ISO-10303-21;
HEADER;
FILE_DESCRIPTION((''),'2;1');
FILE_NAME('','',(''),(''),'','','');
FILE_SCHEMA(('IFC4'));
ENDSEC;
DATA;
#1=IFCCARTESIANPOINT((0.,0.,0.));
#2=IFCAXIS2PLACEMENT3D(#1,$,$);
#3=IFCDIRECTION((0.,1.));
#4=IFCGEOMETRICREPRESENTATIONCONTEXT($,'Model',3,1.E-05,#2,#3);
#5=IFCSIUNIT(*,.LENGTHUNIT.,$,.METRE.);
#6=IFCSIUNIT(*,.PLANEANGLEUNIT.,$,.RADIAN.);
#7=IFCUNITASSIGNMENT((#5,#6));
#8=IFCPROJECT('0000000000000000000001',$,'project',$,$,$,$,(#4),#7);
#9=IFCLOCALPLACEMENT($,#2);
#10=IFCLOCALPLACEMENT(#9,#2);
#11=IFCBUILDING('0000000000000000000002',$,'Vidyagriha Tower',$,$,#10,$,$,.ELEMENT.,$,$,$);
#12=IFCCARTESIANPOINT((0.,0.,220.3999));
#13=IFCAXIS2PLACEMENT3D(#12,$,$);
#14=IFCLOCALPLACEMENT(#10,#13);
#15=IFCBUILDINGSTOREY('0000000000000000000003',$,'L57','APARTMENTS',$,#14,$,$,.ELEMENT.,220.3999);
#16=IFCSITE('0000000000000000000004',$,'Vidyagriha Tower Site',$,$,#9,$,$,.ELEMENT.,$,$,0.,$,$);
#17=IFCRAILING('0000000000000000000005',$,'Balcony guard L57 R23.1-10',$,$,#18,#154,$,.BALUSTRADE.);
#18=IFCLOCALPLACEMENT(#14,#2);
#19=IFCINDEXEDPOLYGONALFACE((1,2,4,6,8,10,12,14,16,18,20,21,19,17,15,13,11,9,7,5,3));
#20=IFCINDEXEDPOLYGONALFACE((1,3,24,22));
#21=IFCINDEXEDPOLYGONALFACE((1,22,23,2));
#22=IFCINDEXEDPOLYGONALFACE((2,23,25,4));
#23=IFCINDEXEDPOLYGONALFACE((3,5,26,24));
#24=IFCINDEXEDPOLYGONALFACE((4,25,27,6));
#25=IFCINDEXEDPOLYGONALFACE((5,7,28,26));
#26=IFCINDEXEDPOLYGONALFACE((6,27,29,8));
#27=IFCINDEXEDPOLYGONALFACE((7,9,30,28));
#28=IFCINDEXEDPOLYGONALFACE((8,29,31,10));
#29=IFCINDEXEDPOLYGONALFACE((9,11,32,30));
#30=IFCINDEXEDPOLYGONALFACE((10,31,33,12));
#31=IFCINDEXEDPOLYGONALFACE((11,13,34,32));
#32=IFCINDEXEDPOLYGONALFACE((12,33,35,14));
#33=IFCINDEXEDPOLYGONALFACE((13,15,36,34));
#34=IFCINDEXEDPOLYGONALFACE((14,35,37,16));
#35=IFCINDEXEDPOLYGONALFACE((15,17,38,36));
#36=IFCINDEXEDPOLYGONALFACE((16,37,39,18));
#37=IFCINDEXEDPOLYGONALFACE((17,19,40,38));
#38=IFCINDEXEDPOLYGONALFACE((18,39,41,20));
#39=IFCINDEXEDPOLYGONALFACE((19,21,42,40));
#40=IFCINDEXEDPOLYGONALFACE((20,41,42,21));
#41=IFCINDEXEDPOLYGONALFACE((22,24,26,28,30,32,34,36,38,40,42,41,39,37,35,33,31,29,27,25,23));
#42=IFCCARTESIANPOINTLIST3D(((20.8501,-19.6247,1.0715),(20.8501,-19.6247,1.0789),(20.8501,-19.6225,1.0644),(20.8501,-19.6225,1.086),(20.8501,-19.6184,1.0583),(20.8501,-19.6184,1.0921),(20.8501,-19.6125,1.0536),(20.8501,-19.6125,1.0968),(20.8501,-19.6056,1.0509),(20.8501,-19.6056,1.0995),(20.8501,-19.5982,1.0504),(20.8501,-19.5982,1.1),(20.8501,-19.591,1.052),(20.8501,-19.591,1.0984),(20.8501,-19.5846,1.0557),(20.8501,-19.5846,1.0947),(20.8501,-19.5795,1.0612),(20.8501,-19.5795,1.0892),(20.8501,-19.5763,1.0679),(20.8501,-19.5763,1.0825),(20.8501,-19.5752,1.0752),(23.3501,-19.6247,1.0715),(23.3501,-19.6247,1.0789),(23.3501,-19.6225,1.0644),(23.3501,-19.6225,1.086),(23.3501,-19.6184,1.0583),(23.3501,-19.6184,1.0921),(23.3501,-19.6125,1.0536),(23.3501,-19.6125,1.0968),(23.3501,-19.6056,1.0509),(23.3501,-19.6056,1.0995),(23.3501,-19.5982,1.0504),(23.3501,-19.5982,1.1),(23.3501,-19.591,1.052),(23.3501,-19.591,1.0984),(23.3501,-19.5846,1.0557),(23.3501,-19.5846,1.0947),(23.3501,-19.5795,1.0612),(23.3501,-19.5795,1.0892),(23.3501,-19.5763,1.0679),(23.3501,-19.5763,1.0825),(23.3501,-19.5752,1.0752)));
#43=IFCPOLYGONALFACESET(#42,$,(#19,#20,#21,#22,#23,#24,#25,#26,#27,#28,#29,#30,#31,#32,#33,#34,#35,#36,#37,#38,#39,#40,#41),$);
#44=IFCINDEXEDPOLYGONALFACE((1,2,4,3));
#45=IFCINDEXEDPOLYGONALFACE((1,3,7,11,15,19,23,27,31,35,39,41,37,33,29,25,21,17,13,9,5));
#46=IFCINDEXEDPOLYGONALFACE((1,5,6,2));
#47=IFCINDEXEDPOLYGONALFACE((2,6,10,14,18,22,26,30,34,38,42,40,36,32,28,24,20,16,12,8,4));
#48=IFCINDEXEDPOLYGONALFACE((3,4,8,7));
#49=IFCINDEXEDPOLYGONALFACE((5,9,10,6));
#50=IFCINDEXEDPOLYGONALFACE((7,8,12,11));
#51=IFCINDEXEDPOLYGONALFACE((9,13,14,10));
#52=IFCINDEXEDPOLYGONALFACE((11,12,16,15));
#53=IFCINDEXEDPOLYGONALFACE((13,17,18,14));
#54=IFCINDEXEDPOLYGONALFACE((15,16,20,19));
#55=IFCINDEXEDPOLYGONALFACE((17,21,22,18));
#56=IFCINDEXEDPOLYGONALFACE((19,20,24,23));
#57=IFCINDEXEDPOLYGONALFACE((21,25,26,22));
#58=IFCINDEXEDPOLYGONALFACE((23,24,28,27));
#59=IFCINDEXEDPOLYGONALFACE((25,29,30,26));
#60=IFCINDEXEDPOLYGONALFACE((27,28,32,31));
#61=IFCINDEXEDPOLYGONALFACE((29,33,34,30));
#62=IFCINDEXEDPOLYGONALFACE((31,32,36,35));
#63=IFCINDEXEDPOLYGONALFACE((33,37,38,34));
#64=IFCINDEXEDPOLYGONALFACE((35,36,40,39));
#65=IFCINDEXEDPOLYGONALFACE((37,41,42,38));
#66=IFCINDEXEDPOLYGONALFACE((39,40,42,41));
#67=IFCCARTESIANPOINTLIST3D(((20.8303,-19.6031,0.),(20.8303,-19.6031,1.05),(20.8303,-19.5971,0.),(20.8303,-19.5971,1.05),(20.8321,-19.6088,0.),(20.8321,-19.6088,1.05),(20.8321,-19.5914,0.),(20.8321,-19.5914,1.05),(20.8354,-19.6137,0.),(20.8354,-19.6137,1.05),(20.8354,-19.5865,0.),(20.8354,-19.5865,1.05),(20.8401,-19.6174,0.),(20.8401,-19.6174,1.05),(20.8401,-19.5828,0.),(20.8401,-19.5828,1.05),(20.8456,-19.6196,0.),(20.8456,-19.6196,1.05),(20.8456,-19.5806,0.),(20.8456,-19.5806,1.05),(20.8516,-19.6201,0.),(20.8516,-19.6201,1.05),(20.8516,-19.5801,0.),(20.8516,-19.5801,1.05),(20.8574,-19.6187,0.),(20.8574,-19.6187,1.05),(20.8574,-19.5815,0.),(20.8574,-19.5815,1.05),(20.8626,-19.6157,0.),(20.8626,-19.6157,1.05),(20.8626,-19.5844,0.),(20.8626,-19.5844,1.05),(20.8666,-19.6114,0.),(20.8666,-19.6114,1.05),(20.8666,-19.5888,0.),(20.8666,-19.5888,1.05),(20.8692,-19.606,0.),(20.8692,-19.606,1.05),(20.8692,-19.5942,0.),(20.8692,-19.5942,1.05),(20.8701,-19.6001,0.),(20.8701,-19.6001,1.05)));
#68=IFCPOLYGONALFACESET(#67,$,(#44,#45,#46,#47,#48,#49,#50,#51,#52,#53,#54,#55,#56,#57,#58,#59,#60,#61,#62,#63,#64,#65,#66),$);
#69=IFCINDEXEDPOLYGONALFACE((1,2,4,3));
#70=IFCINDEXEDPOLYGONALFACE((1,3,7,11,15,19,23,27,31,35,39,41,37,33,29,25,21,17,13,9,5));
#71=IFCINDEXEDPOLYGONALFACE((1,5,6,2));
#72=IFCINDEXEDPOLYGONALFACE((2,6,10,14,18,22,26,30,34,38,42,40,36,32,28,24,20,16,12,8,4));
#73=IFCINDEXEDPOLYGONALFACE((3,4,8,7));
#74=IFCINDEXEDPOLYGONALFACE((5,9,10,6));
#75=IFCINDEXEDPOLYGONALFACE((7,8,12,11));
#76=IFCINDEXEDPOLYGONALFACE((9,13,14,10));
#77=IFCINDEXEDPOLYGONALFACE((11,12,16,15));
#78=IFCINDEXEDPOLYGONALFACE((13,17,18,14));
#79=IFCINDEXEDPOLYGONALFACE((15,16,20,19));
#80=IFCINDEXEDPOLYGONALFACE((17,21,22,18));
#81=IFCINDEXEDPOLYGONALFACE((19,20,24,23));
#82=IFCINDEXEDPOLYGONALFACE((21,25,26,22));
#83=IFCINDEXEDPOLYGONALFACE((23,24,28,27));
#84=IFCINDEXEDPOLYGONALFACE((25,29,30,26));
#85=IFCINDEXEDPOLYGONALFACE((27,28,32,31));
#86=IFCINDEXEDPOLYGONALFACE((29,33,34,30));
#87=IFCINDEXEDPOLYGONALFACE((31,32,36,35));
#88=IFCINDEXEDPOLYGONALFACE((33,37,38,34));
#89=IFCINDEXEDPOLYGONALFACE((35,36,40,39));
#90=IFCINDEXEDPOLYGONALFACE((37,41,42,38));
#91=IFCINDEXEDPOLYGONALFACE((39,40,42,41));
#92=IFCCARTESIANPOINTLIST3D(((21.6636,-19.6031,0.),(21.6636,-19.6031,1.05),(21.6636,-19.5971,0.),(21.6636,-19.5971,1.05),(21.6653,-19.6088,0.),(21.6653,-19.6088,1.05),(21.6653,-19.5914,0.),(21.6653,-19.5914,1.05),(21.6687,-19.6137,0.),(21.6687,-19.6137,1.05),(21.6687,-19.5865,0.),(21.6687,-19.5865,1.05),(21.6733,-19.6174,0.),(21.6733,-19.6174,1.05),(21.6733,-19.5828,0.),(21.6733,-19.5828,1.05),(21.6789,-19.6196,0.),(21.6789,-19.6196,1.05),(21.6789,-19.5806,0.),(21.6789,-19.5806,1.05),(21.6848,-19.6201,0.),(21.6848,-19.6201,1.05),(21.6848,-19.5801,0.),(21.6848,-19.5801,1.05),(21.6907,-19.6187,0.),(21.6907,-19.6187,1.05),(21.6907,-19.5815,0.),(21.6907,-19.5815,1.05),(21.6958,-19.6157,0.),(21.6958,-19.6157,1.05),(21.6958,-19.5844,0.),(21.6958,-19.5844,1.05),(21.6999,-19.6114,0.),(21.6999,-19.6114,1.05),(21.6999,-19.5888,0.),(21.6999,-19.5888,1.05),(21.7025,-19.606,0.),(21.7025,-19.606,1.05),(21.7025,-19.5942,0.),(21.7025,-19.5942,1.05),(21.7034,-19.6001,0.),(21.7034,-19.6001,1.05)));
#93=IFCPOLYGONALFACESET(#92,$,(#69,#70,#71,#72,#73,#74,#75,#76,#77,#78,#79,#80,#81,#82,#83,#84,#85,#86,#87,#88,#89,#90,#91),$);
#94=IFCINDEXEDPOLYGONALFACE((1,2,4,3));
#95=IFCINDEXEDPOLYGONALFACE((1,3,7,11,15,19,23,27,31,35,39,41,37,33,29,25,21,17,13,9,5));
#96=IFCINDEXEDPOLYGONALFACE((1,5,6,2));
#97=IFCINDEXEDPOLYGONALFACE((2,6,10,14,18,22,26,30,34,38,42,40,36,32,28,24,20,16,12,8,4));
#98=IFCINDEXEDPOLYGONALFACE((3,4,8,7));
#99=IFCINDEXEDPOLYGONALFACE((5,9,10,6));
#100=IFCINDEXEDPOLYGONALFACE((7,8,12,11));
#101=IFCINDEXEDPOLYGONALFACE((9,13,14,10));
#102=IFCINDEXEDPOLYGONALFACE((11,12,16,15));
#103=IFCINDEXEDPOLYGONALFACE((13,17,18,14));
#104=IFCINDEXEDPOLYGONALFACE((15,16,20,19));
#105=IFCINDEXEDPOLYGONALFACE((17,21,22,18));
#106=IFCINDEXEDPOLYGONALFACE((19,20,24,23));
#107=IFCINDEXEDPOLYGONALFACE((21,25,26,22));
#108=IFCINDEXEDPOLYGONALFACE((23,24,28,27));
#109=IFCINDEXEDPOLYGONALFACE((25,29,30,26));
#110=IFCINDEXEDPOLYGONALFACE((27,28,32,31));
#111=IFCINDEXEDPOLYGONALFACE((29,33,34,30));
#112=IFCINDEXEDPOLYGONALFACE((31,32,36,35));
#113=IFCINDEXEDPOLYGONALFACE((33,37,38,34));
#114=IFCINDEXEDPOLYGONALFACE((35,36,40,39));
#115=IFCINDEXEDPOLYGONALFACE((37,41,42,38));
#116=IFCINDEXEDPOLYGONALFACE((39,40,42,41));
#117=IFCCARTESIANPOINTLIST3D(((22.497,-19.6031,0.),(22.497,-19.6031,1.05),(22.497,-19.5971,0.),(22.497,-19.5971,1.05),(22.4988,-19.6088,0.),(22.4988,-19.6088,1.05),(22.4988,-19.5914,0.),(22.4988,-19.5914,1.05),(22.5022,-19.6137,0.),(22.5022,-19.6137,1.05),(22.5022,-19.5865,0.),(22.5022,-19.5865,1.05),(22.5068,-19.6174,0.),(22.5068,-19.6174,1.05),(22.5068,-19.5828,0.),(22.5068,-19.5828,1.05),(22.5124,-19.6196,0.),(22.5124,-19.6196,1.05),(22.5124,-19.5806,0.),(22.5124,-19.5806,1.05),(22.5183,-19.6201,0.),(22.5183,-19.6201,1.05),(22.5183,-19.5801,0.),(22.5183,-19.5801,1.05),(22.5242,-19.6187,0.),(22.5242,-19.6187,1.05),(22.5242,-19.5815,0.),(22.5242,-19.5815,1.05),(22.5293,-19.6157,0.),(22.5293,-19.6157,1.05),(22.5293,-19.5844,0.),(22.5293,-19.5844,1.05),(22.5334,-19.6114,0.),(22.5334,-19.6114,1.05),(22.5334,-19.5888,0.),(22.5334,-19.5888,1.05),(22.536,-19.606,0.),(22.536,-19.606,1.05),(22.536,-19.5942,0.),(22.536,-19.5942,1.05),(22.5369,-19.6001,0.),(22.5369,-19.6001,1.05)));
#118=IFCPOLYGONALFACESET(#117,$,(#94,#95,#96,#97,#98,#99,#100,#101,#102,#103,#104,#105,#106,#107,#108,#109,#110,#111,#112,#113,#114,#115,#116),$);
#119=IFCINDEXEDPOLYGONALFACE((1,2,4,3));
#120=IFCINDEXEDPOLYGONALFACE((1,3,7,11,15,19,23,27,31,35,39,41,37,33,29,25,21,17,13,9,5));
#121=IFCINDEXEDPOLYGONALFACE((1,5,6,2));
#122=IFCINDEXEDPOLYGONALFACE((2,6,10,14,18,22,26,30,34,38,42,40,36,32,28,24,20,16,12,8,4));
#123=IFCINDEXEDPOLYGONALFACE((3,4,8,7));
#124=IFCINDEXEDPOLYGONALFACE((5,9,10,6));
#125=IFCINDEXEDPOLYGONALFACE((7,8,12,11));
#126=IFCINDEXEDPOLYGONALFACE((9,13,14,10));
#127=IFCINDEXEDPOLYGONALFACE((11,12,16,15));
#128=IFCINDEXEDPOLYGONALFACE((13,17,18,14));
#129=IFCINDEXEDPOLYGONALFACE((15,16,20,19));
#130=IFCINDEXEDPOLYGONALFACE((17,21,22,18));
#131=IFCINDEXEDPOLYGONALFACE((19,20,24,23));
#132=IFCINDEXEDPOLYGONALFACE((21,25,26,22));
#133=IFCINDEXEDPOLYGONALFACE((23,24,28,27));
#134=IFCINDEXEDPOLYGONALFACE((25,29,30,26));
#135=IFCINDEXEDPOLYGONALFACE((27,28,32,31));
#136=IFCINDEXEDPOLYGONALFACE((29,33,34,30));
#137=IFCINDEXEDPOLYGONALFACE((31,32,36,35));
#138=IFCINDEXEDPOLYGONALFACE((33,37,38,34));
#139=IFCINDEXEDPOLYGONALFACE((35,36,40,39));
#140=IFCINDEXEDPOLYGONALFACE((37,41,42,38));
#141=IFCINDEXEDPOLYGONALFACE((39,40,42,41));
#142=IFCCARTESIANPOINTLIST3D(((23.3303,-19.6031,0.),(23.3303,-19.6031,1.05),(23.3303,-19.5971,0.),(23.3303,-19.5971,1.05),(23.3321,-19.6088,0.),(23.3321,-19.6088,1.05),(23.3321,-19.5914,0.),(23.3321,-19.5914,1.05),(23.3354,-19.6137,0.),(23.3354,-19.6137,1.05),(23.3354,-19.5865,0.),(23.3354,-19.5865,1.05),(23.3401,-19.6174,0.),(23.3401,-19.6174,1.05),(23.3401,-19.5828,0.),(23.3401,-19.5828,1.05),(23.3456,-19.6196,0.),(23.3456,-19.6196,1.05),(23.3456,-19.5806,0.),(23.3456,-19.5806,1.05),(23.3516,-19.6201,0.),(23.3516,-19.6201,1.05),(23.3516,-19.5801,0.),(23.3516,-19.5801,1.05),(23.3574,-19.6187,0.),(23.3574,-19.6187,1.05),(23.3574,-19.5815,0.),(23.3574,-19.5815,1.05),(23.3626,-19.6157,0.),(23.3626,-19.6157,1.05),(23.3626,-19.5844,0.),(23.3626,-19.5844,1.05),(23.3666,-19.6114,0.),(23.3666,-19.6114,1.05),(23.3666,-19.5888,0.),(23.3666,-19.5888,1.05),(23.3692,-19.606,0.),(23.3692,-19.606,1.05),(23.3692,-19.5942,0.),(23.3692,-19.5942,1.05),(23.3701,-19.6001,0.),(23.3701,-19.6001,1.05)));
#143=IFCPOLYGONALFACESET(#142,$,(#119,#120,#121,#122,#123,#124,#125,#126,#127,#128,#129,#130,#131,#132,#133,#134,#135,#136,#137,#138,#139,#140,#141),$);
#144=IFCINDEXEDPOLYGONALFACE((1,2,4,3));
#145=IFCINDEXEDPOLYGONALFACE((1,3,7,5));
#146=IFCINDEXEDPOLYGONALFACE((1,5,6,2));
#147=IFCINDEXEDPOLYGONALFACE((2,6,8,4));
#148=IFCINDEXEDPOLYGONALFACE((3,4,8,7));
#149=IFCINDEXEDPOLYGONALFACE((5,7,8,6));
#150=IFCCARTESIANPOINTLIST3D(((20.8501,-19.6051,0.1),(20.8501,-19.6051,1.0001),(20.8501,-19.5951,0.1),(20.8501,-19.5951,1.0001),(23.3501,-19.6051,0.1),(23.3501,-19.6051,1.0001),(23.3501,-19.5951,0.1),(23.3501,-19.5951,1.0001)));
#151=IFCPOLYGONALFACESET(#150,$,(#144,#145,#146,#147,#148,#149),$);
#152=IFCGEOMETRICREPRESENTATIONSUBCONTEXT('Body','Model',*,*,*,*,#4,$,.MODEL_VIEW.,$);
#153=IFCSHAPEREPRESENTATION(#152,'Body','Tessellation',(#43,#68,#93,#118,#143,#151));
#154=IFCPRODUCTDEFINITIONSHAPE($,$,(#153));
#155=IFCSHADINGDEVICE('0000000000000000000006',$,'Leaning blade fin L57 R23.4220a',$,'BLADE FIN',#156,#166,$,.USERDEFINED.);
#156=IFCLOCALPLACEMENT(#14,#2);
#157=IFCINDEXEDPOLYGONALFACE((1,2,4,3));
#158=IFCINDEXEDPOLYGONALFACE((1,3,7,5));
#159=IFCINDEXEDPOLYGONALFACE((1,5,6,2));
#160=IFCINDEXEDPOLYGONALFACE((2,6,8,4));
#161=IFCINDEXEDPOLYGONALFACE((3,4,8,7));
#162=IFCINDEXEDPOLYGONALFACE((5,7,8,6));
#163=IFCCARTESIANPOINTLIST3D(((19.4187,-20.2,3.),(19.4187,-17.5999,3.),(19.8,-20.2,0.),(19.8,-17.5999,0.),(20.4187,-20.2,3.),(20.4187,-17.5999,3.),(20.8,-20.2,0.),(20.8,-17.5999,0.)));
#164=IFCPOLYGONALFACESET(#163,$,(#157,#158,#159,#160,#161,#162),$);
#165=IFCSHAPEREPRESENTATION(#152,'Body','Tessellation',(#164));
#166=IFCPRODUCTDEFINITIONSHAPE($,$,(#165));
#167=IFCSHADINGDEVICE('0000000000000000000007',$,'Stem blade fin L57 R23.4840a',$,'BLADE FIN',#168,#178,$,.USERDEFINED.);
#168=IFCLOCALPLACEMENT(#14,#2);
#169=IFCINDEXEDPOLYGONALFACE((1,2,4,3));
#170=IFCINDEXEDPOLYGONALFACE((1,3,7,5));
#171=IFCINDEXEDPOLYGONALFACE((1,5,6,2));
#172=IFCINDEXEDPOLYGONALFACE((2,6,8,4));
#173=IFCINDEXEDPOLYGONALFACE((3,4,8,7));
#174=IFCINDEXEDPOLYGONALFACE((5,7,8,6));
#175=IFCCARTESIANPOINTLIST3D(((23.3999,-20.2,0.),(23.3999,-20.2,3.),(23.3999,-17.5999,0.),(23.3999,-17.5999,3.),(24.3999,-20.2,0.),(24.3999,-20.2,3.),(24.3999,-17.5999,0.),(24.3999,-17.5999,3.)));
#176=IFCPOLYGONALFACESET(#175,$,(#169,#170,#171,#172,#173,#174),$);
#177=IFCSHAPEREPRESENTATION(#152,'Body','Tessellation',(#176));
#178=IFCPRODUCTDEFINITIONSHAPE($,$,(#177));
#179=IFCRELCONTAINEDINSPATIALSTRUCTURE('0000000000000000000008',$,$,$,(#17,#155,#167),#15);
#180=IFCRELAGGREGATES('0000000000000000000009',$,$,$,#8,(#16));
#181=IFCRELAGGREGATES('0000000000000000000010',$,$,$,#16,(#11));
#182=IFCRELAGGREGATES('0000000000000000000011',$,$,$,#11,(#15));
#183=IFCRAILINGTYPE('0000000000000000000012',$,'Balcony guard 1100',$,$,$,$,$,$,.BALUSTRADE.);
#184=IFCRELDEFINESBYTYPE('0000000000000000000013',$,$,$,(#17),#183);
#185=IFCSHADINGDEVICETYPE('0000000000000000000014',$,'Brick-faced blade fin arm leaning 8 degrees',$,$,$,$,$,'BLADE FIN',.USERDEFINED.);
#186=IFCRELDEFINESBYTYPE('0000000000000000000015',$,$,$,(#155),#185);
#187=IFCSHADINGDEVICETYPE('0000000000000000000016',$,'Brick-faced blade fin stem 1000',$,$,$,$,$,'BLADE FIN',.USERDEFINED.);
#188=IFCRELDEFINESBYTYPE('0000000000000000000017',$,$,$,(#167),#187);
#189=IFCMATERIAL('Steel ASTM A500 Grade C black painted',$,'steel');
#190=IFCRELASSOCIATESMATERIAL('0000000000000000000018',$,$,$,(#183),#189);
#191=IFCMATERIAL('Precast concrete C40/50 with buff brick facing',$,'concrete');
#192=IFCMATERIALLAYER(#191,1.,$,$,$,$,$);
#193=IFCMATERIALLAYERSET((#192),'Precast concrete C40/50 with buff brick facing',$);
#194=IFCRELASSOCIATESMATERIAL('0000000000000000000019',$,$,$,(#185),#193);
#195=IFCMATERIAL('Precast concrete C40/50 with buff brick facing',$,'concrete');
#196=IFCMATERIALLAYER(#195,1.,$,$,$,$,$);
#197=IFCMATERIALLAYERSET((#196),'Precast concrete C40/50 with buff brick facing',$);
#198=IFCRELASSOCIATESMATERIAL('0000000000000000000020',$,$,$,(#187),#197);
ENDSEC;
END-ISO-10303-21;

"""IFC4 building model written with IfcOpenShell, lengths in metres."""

from ifc_helpers import new_model, si_unit, direction, frame, origin, origin_2d, place, context, subcontext, project, spatial, polyline, rectangle, circle, outline, extrude, material, layer, layer_set, type_object, element, save


model = new_model("IFC4")

# Units and contexts
model_context = context("Model", 3, precision=1e-05, world=origin(), true_north=direction((0.0, 1.0)))
body_context = subcontext(model_context, "Body", "Model", "MODEL_VIEW")
ifc_project = project(units=[si_unit("LENGTHUNIT", "METRE"), si_unit("PLANEANGLEUNIT", "RADIAN")], contexts=[model_context])

# Site, building, storey
site_placement = place(None, origin())
site = spatial("IfcSite", under=ifc_project, at=site_placement, Name="Vidyagriha Tower Site", CompositionType="ELEMENT", RefElevation=0.0)
building_placement = place(site_placement, origin())
building = spatial("IfcBuilding", under=site, at=building_placement, Name="Vidyagriha Tower", CompositionType="ELEMENT")
storey_placement = place(building_placement, frame((0.0, 0.0, 220.3999)))
storey = spatial("IfcBuildingStorey", under=building, at=storey_placement, Name="L57", Description="APARTMENTS", CompositionType="ELEMENT", Elevation=220.3999)

# Railing
ifc_material_1 = material(Name="Steel ASTM A500 Grade C black painted", Category="steel")
railing_type = type_object("IfcRailingType", Name="Balcony guard 1100", PredefinedType="BALUSTRADE", material=ifc_material_1)
railing_placement = place(storey_placement, frame((20.8501, -19.6001, 0.0)))
element("IfcRailing", 1, at=railing_placement, inside=storey, type_object=railing_type, Name="Balcony guard L57 R23.1-10", PredefinedType="BALUSTRADE", context=body_context, shape_type="SweptSolid", body=[
    extrude(circle(Radius=0.0249, at=origin_2d()), frame((0.0, 0.0, 1.0752), z_axis=(1.0, 0.0, 0.0), x_axis=(0.0, 1.0, 0.0)), (0.0, 0.0, 1.0), 2.5),
    extrude(circle(Radius=0.02, at=origin_2d()), origin(), (0.0, 0.0, 1.0), 1.05),
    extrude(circle(Radius=0.02, at=origin_2d()), frame((0.8333, 0.0, 0.0)), (0.0, 0.0, 1.0), 1.05),
    extrude(circle(Radius=0.02, at=origin_2d()), frame((1.6667, 0.0, 0.0)), (0.0, 0.0, 1.0), 1.05),
    extrude(circle(Radius=0.02, at=origin_2d()), frame((2.5, 0.0, 0.0)), (0.0, 0.0, 1.0), 1.05),
    extrude(rectangle(XDim=0.01, YDim=0.9001, at=origin_2d()), frame((0.0, 0.0, 0.55), z_axis=(1.0, 0.0, 0.0), x_axis=(0.0, 1.0, 0.0)), (0.0, 0.0, 1.0), 2.5),
])

# Shading devices
ifc_material_2 = material(Name="Precast concrete C40/50 with buff brick facing", Category="concrete")
ifc_layer_1 = layer(ifc_material_2, 1.0)
ifc_layer_set_1 = layer_set([ifc_layer_1], Name="Precast concrete C40/50 with buff brick facing")
shading_device_type_1 = type_object("IfcShadingDeviceType", Name="Brick-faced blade fin arm leaning 8 degrees", ElementType="BLADE FIN", PredefinedType="USERDEFINED", material=ifc_layer_set_1)
shading_device_1_placement = place(storey_placement, frame((19.4187, -18.8999, 0.0)))
element("IfcShadingDevice", 2, at=shading_device_1_placement, inside=storey, type_object=shading_device_type_1, Name="Leaning blade fin L57 R23.4220a", ObjectType="BLADE FIN", PredefinedType="USERDEFINED", context=body_context, shape_type="SweptSolid", body=[
    extrude(outline(polyline([(0.3813, 0.0), (1.3813, 0.0), (1.0, 3.0), (0.0, 3.0), (0.3813, 0.0)])), frame((0.0, 1.3, 0.0), z_axis=(0.0, -1.0, 0.0), x_axis=(1.0, 0.0, 0.0)), (0.0, 0.0, 1.0), 2.6001),
])
ifc_material_3 = material(Name="Precast concrete C40/50 with buff brick facing", Category="concrete")
ifc_layer_2 = layer(ifc_material_3, 1.0)
ifc_layer_set_2 = layer_set([ifc_layer_2], Name="Precast concrete C40/50 with buff brick facing")
shading_device_type_2 = type_object("IfcShadingDeviceType", Name="Brick-faced blade fin stem 1000", ElementType="BLADE FIN", PredefinedType="USERDEFINED", material=ifc_layer_set_2)
shading_device_2_placement = place(storey_placement, frame((23.3999, -18.8999, 0.0)))
element("IfcShadingDevice", 3, at=shading_device_2_placement, inside=storey, type_object=shading_device_type_2, Name="Stem blade fin L57 R23.4840a", ObjectType="BLADE FIN", PredefinedType="USERDEFINED", context=body_context, shape_type="SweptSolid", body=[
    extrude(outline(polyline([(0.0, 0.0), (1.0, 0.0), (1.0, 3.0), (0.0, 3.0), (0.0, 0.0)])), frame((0.0, 1.3, 0.0), z_axis=(0.0, -1.0, 0.0), x_axis=(1.0, 0.0, 0.0)), (0.0, 0.0, 1.0), 2.6001),
])

save(model, "model.ifc")
